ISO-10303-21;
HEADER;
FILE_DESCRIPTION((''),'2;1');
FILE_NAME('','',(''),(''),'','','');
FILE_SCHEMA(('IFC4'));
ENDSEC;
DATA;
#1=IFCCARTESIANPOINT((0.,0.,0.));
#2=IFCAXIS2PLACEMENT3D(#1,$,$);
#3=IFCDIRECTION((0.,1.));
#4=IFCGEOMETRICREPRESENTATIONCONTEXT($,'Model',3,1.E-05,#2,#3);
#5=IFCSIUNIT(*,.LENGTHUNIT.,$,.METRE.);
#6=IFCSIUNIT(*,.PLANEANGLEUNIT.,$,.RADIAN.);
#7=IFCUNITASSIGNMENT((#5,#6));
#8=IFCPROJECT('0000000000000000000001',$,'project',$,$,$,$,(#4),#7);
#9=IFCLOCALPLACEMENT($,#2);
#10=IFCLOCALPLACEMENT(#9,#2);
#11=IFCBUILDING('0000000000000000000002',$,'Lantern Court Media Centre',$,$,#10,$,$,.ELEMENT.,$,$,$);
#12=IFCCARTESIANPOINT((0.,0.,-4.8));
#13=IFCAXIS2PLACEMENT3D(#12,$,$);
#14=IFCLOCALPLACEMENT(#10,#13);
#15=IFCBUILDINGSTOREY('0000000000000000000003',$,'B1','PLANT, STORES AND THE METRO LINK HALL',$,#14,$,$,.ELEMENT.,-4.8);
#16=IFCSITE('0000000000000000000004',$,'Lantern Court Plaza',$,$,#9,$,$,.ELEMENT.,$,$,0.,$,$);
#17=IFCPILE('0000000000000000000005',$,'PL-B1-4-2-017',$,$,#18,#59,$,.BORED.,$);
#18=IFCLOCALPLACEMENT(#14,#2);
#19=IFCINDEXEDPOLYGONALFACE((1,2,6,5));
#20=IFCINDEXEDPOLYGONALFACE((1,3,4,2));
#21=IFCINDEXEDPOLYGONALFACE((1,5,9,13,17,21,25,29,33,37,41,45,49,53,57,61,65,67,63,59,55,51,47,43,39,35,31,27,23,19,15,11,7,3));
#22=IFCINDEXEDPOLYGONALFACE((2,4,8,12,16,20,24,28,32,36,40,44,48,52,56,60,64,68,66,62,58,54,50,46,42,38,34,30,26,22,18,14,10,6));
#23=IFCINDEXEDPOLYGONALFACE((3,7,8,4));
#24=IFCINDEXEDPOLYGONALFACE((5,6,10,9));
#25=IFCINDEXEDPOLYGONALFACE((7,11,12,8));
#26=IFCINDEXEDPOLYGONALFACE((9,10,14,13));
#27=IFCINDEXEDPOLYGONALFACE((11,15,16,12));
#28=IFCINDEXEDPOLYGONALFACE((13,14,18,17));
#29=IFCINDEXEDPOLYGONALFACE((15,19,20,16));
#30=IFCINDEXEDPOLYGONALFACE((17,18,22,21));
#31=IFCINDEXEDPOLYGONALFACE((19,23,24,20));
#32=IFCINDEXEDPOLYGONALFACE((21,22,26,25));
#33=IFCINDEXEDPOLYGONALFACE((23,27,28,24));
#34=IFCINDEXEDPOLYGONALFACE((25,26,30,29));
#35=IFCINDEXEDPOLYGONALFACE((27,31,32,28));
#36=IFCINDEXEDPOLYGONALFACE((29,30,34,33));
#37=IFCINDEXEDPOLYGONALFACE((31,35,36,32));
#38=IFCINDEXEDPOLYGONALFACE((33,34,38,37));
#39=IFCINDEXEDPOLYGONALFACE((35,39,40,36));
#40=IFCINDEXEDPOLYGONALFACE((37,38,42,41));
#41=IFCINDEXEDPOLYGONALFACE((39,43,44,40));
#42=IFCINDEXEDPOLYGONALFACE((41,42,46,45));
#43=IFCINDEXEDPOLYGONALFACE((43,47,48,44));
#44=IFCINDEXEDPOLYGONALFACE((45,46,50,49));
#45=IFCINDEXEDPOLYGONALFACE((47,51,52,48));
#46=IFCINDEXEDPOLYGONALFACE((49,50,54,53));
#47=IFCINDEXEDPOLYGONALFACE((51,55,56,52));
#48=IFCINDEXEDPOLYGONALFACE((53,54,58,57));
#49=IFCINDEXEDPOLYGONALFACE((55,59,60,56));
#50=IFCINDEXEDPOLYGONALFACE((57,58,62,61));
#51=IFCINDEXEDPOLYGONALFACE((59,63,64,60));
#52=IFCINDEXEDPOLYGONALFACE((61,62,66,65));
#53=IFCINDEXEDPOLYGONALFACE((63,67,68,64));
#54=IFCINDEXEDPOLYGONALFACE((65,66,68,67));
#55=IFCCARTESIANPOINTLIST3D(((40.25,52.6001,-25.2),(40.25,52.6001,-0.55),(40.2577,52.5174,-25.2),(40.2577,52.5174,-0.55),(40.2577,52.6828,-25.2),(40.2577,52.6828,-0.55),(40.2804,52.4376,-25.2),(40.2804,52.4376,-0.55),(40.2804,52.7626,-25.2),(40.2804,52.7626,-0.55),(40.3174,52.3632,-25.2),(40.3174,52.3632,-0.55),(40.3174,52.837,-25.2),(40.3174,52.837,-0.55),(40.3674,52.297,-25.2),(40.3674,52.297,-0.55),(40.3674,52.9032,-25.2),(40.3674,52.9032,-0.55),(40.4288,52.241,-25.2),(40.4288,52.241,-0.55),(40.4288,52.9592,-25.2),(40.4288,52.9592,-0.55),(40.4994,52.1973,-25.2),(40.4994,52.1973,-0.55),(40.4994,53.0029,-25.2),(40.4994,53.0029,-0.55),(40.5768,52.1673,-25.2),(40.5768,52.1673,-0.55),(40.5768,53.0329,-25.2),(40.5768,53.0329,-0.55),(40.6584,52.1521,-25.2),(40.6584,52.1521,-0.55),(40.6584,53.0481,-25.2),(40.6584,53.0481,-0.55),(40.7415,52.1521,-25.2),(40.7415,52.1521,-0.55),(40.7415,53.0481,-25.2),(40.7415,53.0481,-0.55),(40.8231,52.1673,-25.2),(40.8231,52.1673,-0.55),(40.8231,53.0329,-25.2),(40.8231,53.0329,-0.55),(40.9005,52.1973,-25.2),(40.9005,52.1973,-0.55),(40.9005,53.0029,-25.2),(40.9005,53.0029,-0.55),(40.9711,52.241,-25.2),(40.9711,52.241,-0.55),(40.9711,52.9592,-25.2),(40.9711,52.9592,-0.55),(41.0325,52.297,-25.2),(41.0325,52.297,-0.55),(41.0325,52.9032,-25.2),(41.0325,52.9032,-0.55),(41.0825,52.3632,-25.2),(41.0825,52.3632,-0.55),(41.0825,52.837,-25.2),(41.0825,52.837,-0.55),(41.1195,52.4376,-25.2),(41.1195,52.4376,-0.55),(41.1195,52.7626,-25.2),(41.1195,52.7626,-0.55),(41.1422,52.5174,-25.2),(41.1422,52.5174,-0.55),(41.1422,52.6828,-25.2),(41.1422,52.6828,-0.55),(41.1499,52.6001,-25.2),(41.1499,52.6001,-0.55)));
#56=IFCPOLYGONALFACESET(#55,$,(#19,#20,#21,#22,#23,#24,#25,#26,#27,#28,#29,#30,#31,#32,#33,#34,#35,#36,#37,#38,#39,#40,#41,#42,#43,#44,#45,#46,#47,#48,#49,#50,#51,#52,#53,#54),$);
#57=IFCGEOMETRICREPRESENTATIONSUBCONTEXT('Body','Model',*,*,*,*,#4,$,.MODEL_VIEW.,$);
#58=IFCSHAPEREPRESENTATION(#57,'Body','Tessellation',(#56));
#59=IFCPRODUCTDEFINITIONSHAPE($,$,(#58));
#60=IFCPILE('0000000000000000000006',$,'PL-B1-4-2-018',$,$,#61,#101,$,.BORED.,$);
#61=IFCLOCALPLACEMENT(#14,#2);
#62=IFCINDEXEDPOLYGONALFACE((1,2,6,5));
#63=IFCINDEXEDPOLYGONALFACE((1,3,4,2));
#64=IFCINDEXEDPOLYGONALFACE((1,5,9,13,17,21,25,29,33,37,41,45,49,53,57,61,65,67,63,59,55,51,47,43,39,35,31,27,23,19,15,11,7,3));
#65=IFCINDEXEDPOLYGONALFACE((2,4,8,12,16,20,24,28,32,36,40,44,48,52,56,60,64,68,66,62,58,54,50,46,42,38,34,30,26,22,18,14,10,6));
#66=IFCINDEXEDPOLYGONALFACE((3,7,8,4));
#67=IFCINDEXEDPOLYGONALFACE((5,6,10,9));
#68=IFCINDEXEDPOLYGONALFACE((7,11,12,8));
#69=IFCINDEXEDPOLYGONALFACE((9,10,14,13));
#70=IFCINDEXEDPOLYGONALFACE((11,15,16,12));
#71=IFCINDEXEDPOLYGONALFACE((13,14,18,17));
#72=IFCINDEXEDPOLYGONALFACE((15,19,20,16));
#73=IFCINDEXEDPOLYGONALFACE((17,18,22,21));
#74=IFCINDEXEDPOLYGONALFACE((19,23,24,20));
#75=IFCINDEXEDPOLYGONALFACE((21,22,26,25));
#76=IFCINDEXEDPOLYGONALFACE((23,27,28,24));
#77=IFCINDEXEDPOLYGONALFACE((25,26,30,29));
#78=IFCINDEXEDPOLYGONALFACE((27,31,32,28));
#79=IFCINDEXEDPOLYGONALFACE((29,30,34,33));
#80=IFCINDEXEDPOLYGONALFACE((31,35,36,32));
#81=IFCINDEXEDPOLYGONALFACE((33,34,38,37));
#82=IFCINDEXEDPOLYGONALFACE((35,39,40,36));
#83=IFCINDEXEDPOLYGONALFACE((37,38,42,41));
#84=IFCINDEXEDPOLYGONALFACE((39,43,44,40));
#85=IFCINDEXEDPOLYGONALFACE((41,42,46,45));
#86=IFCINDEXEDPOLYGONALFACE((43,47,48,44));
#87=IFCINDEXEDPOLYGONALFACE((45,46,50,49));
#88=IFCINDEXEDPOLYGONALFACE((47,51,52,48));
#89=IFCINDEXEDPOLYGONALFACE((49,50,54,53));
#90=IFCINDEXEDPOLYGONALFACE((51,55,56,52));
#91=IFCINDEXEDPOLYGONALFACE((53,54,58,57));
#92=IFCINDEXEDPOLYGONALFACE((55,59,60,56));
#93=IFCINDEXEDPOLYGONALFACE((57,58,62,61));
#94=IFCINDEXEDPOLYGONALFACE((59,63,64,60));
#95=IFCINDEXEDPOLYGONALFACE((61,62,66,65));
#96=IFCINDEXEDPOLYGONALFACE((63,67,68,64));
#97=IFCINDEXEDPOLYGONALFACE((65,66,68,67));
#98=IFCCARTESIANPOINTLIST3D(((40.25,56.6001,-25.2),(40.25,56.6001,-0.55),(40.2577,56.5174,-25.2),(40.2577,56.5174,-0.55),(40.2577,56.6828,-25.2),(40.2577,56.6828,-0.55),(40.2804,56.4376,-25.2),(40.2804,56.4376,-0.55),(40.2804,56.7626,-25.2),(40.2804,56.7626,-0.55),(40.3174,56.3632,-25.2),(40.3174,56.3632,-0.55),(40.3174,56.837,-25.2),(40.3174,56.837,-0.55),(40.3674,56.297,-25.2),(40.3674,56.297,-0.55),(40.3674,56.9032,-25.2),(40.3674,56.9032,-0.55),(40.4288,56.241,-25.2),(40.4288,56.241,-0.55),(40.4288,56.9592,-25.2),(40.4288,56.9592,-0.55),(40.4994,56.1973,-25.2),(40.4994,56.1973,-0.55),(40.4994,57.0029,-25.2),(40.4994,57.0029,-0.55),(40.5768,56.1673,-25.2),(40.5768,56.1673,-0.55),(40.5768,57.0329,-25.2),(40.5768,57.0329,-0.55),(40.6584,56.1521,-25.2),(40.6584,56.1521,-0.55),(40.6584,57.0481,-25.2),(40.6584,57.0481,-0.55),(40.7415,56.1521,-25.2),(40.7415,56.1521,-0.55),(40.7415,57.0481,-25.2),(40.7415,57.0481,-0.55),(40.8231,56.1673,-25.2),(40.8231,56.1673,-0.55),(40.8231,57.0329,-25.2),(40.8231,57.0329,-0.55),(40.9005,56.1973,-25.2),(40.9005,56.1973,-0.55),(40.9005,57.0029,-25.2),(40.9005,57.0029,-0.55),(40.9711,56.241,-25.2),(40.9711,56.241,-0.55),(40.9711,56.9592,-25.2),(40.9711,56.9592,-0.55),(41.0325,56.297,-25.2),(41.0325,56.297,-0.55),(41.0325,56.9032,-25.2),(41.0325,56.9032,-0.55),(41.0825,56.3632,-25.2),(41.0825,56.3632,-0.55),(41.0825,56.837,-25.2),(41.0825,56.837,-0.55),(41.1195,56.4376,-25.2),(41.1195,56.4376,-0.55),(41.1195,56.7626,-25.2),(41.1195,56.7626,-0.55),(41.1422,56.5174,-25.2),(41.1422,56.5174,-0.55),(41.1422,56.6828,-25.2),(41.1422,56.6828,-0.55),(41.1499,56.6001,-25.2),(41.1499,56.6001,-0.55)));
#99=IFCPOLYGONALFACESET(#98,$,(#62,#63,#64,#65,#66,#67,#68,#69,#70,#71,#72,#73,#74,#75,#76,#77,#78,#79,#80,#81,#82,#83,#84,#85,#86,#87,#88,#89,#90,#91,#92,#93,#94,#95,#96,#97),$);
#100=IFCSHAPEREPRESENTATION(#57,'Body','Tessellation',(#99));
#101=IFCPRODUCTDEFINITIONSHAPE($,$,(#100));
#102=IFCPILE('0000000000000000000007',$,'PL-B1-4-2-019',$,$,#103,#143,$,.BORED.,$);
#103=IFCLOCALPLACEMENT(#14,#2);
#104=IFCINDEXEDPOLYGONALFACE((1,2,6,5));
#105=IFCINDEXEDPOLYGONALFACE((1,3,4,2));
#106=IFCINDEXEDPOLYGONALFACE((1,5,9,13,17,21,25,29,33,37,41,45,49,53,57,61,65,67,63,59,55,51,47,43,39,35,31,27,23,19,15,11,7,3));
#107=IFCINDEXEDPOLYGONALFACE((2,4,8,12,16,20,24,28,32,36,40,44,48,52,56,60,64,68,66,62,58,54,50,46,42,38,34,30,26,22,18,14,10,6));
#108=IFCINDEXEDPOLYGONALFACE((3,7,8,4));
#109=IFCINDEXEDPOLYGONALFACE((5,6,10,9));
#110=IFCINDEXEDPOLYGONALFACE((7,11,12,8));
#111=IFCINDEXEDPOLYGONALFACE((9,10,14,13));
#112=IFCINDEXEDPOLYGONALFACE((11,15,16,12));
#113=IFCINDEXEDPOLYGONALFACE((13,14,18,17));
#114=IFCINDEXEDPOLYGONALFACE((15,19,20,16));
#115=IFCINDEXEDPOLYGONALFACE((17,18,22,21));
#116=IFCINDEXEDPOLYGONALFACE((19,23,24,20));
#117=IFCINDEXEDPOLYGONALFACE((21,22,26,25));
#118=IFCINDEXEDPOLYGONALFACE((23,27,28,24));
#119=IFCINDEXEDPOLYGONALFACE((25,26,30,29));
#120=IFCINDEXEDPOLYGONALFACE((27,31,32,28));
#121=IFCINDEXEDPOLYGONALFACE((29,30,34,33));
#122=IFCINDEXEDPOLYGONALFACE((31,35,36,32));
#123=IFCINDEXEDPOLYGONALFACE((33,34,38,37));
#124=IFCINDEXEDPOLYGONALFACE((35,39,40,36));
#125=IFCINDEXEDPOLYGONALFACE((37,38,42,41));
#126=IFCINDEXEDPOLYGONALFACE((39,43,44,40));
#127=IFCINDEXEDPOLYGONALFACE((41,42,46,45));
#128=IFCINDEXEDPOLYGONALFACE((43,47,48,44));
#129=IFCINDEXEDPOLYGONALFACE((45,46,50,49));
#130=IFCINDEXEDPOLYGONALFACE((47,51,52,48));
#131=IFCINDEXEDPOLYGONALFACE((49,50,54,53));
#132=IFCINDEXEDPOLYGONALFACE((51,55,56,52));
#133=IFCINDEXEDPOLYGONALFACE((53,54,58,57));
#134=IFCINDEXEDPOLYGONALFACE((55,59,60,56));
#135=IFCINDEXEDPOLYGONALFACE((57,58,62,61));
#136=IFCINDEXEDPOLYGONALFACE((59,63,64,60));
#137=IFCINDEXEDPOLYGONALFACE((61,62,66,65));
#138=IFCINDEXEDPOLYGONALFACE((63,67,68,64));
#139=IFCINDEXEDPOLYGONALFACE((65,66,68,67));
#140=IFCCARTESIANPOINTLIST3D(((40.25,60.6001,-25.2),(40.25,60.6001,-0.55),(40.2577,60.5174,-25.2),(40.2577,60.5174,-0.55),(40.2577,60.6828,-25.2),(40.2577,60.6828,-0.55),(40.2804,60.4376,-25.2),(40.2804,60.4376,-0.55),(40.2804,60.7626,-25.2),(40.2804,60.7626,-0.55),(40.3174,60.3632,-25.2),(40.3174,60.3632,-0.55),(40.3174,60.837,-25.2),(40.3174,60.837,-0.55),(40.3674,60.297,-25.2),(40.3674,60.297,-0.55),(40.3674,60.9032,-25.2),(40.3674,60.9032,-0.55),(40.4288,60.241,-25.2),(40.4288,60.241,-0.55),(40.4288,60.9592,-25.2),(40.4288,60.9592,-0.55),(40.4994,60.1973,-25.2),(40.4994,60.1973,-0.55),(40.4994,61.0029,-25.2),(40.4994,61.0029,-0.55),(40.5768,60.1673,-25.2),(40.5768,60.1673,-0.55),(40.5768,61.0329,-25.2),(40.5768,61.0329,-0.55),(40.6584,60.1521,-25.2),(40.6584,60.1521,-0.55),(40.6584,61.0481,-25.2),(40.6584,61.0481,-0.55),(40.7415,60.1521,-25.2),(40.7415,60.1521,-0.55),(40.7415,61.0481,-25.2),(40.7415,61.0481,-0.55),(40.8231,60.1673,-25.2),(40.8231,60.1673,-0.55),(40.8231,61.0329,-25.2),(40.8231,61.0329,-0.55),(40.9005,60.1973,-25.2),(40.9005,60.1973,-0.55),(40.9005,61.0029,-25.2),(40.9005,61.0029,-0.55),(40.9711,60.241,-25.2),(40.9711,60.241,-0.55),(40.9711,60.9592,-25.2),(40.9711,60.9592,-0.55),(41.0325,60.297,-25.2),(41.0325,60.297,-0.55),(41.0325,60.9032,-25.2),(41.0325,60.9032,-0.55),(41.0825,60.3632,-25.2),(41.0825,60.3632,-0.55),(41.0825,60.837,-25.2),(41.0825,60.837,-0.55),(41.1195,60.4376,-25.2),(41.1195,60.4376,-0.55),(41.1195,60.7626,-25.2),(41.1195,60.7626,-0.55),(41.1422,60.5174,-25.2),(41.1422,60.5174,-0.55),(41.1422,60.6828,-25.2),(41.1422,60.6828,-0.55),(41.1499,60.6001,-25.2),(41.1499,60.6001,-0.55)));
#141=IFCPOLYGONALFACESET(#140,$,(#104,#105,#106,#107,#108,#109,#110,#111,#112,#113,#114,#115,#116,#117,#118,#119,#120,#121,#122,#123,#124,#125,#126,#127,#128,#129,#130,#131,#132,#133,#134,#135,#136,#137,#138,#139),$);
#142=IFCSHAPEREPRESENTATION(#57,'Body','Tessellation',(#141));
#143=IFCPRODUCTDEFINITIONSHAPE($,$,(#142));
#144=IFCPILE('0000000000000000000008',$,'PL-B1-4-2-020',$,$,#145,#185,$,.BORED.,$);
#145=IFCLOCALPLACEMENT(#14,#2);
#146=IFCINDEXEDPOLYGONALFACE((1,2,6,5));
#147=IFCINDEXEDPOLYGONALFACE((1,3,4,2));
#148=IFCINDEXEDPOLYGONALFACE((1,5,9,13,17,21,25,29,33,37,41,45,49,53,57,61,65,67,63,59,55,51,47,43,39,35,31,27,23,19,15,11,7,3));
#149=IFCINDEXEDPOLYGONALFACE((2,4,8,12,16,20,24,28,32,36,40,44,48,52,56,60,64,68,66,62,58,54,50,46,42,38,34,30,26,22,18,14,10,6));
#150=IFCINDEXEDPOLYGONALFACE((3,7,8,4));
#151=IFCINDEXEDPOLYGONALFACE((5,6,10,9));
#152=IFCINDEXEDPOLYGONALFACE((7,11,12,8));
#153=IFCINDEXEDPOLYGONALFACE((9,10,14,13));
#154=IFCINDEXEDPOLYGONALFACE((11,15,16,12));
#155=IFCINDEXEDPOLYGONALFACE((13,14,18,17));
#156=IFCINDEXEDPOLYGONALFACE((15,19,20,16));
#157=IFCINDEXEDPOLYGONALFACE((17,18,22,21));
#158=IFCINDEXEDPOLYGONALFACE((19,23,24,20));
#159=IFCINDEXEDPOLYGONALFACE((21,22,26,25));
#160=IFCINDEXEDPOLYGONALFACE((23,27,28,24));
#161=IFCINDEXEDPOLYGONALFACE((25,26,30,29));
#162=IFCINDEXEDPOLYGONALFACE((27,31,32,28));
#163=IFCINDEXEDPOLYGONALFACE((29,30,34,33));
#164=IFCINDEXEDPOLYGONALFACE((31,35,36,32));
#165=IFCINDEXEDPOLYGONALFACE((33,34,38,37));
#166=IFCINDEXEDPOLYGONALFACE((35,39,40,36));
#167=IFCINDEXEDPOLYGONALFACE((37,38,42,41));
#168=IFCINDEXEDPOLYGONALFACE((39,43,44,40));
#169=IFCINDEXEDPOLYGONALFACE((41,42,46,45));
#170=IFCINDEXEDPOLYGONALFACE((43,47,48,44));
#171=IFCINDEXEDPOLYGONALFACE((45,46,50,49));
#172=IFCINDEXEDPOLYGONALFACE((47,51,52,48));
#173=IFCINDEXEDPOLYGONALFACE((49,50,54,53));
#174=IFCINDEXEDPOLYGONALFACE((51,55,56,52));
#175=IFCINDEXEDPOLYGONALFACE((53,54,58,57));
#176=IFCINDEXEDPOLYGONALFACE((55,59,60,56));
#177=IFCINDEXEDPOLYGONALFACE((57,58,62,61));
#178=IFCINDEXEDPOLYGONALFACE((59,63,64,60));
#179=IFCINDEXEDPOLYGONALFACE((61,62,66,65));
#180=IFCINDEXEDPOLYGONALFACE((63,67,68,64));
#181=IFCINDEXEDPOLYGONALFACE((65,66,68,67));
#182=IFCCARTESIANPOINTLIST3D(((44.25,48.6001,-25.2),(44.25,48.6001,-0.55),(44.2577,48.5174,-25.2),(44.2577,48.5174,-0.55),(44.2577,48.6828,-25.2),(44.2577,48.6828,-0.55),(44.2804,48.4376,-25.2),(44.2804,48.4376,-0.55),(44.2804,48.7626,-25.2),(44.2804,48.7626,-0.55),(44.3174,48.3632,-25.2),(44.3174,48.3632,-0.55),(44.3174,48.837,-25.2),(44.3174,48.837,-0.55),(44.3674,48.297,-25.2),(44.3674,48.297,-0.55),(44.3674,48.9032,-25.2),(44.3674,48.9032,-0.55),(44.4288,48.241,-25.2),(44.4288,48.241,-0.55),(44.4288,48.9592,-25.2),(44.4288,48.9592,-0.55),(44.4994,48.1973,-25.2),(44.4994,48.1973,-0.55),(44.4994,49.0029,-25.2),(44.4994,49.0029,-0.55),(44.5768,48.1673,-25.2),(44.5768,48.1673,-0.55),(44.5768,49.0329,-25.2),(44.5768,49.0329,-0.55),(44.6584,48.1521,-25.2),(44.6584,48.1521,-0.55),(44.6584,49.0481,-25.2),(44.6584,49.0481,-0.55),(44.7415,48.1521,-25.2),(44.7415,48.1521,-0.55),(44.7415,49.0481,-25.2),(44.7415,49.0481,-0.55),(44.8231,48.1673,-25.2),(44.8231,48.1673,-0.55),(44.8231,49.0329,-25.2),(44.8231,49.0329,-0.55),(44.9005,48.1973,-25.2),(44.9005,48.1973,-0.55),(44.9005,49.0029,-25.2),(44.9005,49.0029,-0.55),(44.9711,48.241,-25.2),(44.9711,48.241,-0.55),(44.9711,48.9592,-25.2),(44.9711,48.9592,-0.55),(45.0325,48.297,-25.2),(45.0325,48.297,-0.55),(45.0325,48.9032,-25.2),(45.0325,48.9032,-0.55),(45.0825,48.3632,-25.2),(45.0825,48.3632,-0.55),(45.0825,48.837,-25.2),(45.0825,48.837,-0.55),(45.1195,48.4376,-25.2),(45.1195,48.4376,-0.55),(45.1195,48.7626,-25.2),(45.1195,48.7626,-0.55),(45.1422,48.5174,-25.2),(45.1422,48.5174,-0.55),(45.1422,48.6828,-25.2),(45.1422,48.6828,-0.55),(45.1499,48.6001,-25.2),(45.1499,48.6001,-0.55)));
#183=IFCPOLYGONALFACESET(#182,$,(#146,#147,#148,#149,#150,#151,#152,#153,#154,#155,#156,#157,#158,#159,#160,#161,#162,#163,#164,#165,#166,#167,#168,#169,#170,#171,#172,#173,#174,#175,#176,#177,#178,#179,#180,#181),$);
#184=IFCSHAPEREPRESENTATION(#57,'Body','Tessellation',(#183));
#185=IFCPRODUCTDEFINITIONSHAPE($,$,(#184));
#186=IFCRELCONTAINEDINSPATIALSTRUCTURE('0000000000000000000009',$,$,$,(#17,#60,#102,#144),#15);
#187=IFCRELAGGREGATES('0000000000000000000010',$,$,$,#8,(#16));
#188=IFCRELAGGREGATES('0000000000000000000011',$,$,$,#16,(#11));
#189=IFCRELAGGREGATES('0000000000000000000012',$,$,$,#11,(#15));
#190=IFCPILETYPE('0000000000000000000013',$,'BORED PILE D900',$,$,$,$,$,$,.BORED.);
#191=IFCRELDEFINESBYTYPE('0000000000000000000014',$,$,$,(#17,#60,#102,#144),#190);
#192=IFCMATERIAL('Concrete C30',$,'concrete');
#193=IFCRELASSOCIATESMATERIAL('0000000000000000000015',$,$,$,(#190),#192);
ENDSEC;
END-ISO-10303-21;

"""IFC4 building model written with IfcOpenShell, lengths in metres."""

from ifc_helpers import new_model, si_unit, direction, frame, origin, origin_2d, place, context, subcontext, project, spatial, circle, extrude, material, material_profile, profile_set, type_object, element, save


model = new_model("IFC4")

# Units and contexts
model_context = context("Model", 3, precision=1e-05, world=origin(), true_north=direction((0.0, 1.0)))
body_context = subcontext(model_context, "Body", "Model", "MODEL_VIEW")
ifc_project = project(units=[si_unit("LENGTHUNIT", "METRE"), si_unit("PLANEANGLEUNIT", "RADIAN")], contexts=[model_context])

# Site, building, storey
site_placement = place(None, origin())
site = spatial("IfcSite", under=ifc_project, at=site_placement, Name="Lantern Court Plaza", CompositionType="ELEMENT", RefElevation=0.0)
building_placement = place(site_placement, origin())
building = spatial("IfcBuilding", under=site, at=building_placement, Name="Lantern Court Media Centre", CompositionType="ELEMENT")
storey_placement = place(building_placement, frame((0.0, 0.0, -4.8)))
storey = spatial("IfcBuildingStorey", under=building, at=storey_placement, Name="B1", Description="PLANT, STORES AND THE METRO LINK HALL", CompositionType="ELEMENT", Elevation=-4.8)

# Piles
ifc_material_1 = material(Name="Concrete C30", Category="concrete")
ifc_material_profile_1 = material_profile(ifc_material_1, circle(Radius=0.45, at=origin_2d()), Name="D900")
ifc_profile_set_1 = profile_set([ifc_material_profile_1], Name="Concrete C30")
pile_type = type_object("IfcPileType", Name="BORED PILE D900", PredefinedType="BORED", material=ifc_profile_set_1)
for number, where, z_axis, x_axis, name in (
    (1, (40.7, 52.6001, -0.55), (0.0, 0.0, -1.0), (1.0, 0.0, 0.0), "PL-B1-4-2-017"),
    (2, (40.7, 56.6001, -0.55), (0.0, 0.0, -1.0), (1.0, 0.0, 0.0), "PL-B1-4-2-018"),
    (3, (40.7, 60.6001, -0.55), (0.0, 0.0, -1.0), (1.0, 0.0, 0.0), "PL-B1-4-2-019"),
    (4, (44.7, 48.6001, -0.55), (0.0, 0.0, -1.0), (1.0, 0.0, 0.0), "PL-B1-4-2-020"),
):
    element("IfcPile", number, at=place(storey_placement, frame(where, z_axis=z_axis, x_axis=x_axis)), inside=storey, type_object=pile_type, Name=name, PredefinedType="BORED", context=body_context, shape_type="SweptSolid", body=[
        extrude(circle(Radius=0.45, at=origin_2d()), origin(), (0.0, 0.0, 1.0), 24.6499),
    ])

save(model, "model.ifc")
